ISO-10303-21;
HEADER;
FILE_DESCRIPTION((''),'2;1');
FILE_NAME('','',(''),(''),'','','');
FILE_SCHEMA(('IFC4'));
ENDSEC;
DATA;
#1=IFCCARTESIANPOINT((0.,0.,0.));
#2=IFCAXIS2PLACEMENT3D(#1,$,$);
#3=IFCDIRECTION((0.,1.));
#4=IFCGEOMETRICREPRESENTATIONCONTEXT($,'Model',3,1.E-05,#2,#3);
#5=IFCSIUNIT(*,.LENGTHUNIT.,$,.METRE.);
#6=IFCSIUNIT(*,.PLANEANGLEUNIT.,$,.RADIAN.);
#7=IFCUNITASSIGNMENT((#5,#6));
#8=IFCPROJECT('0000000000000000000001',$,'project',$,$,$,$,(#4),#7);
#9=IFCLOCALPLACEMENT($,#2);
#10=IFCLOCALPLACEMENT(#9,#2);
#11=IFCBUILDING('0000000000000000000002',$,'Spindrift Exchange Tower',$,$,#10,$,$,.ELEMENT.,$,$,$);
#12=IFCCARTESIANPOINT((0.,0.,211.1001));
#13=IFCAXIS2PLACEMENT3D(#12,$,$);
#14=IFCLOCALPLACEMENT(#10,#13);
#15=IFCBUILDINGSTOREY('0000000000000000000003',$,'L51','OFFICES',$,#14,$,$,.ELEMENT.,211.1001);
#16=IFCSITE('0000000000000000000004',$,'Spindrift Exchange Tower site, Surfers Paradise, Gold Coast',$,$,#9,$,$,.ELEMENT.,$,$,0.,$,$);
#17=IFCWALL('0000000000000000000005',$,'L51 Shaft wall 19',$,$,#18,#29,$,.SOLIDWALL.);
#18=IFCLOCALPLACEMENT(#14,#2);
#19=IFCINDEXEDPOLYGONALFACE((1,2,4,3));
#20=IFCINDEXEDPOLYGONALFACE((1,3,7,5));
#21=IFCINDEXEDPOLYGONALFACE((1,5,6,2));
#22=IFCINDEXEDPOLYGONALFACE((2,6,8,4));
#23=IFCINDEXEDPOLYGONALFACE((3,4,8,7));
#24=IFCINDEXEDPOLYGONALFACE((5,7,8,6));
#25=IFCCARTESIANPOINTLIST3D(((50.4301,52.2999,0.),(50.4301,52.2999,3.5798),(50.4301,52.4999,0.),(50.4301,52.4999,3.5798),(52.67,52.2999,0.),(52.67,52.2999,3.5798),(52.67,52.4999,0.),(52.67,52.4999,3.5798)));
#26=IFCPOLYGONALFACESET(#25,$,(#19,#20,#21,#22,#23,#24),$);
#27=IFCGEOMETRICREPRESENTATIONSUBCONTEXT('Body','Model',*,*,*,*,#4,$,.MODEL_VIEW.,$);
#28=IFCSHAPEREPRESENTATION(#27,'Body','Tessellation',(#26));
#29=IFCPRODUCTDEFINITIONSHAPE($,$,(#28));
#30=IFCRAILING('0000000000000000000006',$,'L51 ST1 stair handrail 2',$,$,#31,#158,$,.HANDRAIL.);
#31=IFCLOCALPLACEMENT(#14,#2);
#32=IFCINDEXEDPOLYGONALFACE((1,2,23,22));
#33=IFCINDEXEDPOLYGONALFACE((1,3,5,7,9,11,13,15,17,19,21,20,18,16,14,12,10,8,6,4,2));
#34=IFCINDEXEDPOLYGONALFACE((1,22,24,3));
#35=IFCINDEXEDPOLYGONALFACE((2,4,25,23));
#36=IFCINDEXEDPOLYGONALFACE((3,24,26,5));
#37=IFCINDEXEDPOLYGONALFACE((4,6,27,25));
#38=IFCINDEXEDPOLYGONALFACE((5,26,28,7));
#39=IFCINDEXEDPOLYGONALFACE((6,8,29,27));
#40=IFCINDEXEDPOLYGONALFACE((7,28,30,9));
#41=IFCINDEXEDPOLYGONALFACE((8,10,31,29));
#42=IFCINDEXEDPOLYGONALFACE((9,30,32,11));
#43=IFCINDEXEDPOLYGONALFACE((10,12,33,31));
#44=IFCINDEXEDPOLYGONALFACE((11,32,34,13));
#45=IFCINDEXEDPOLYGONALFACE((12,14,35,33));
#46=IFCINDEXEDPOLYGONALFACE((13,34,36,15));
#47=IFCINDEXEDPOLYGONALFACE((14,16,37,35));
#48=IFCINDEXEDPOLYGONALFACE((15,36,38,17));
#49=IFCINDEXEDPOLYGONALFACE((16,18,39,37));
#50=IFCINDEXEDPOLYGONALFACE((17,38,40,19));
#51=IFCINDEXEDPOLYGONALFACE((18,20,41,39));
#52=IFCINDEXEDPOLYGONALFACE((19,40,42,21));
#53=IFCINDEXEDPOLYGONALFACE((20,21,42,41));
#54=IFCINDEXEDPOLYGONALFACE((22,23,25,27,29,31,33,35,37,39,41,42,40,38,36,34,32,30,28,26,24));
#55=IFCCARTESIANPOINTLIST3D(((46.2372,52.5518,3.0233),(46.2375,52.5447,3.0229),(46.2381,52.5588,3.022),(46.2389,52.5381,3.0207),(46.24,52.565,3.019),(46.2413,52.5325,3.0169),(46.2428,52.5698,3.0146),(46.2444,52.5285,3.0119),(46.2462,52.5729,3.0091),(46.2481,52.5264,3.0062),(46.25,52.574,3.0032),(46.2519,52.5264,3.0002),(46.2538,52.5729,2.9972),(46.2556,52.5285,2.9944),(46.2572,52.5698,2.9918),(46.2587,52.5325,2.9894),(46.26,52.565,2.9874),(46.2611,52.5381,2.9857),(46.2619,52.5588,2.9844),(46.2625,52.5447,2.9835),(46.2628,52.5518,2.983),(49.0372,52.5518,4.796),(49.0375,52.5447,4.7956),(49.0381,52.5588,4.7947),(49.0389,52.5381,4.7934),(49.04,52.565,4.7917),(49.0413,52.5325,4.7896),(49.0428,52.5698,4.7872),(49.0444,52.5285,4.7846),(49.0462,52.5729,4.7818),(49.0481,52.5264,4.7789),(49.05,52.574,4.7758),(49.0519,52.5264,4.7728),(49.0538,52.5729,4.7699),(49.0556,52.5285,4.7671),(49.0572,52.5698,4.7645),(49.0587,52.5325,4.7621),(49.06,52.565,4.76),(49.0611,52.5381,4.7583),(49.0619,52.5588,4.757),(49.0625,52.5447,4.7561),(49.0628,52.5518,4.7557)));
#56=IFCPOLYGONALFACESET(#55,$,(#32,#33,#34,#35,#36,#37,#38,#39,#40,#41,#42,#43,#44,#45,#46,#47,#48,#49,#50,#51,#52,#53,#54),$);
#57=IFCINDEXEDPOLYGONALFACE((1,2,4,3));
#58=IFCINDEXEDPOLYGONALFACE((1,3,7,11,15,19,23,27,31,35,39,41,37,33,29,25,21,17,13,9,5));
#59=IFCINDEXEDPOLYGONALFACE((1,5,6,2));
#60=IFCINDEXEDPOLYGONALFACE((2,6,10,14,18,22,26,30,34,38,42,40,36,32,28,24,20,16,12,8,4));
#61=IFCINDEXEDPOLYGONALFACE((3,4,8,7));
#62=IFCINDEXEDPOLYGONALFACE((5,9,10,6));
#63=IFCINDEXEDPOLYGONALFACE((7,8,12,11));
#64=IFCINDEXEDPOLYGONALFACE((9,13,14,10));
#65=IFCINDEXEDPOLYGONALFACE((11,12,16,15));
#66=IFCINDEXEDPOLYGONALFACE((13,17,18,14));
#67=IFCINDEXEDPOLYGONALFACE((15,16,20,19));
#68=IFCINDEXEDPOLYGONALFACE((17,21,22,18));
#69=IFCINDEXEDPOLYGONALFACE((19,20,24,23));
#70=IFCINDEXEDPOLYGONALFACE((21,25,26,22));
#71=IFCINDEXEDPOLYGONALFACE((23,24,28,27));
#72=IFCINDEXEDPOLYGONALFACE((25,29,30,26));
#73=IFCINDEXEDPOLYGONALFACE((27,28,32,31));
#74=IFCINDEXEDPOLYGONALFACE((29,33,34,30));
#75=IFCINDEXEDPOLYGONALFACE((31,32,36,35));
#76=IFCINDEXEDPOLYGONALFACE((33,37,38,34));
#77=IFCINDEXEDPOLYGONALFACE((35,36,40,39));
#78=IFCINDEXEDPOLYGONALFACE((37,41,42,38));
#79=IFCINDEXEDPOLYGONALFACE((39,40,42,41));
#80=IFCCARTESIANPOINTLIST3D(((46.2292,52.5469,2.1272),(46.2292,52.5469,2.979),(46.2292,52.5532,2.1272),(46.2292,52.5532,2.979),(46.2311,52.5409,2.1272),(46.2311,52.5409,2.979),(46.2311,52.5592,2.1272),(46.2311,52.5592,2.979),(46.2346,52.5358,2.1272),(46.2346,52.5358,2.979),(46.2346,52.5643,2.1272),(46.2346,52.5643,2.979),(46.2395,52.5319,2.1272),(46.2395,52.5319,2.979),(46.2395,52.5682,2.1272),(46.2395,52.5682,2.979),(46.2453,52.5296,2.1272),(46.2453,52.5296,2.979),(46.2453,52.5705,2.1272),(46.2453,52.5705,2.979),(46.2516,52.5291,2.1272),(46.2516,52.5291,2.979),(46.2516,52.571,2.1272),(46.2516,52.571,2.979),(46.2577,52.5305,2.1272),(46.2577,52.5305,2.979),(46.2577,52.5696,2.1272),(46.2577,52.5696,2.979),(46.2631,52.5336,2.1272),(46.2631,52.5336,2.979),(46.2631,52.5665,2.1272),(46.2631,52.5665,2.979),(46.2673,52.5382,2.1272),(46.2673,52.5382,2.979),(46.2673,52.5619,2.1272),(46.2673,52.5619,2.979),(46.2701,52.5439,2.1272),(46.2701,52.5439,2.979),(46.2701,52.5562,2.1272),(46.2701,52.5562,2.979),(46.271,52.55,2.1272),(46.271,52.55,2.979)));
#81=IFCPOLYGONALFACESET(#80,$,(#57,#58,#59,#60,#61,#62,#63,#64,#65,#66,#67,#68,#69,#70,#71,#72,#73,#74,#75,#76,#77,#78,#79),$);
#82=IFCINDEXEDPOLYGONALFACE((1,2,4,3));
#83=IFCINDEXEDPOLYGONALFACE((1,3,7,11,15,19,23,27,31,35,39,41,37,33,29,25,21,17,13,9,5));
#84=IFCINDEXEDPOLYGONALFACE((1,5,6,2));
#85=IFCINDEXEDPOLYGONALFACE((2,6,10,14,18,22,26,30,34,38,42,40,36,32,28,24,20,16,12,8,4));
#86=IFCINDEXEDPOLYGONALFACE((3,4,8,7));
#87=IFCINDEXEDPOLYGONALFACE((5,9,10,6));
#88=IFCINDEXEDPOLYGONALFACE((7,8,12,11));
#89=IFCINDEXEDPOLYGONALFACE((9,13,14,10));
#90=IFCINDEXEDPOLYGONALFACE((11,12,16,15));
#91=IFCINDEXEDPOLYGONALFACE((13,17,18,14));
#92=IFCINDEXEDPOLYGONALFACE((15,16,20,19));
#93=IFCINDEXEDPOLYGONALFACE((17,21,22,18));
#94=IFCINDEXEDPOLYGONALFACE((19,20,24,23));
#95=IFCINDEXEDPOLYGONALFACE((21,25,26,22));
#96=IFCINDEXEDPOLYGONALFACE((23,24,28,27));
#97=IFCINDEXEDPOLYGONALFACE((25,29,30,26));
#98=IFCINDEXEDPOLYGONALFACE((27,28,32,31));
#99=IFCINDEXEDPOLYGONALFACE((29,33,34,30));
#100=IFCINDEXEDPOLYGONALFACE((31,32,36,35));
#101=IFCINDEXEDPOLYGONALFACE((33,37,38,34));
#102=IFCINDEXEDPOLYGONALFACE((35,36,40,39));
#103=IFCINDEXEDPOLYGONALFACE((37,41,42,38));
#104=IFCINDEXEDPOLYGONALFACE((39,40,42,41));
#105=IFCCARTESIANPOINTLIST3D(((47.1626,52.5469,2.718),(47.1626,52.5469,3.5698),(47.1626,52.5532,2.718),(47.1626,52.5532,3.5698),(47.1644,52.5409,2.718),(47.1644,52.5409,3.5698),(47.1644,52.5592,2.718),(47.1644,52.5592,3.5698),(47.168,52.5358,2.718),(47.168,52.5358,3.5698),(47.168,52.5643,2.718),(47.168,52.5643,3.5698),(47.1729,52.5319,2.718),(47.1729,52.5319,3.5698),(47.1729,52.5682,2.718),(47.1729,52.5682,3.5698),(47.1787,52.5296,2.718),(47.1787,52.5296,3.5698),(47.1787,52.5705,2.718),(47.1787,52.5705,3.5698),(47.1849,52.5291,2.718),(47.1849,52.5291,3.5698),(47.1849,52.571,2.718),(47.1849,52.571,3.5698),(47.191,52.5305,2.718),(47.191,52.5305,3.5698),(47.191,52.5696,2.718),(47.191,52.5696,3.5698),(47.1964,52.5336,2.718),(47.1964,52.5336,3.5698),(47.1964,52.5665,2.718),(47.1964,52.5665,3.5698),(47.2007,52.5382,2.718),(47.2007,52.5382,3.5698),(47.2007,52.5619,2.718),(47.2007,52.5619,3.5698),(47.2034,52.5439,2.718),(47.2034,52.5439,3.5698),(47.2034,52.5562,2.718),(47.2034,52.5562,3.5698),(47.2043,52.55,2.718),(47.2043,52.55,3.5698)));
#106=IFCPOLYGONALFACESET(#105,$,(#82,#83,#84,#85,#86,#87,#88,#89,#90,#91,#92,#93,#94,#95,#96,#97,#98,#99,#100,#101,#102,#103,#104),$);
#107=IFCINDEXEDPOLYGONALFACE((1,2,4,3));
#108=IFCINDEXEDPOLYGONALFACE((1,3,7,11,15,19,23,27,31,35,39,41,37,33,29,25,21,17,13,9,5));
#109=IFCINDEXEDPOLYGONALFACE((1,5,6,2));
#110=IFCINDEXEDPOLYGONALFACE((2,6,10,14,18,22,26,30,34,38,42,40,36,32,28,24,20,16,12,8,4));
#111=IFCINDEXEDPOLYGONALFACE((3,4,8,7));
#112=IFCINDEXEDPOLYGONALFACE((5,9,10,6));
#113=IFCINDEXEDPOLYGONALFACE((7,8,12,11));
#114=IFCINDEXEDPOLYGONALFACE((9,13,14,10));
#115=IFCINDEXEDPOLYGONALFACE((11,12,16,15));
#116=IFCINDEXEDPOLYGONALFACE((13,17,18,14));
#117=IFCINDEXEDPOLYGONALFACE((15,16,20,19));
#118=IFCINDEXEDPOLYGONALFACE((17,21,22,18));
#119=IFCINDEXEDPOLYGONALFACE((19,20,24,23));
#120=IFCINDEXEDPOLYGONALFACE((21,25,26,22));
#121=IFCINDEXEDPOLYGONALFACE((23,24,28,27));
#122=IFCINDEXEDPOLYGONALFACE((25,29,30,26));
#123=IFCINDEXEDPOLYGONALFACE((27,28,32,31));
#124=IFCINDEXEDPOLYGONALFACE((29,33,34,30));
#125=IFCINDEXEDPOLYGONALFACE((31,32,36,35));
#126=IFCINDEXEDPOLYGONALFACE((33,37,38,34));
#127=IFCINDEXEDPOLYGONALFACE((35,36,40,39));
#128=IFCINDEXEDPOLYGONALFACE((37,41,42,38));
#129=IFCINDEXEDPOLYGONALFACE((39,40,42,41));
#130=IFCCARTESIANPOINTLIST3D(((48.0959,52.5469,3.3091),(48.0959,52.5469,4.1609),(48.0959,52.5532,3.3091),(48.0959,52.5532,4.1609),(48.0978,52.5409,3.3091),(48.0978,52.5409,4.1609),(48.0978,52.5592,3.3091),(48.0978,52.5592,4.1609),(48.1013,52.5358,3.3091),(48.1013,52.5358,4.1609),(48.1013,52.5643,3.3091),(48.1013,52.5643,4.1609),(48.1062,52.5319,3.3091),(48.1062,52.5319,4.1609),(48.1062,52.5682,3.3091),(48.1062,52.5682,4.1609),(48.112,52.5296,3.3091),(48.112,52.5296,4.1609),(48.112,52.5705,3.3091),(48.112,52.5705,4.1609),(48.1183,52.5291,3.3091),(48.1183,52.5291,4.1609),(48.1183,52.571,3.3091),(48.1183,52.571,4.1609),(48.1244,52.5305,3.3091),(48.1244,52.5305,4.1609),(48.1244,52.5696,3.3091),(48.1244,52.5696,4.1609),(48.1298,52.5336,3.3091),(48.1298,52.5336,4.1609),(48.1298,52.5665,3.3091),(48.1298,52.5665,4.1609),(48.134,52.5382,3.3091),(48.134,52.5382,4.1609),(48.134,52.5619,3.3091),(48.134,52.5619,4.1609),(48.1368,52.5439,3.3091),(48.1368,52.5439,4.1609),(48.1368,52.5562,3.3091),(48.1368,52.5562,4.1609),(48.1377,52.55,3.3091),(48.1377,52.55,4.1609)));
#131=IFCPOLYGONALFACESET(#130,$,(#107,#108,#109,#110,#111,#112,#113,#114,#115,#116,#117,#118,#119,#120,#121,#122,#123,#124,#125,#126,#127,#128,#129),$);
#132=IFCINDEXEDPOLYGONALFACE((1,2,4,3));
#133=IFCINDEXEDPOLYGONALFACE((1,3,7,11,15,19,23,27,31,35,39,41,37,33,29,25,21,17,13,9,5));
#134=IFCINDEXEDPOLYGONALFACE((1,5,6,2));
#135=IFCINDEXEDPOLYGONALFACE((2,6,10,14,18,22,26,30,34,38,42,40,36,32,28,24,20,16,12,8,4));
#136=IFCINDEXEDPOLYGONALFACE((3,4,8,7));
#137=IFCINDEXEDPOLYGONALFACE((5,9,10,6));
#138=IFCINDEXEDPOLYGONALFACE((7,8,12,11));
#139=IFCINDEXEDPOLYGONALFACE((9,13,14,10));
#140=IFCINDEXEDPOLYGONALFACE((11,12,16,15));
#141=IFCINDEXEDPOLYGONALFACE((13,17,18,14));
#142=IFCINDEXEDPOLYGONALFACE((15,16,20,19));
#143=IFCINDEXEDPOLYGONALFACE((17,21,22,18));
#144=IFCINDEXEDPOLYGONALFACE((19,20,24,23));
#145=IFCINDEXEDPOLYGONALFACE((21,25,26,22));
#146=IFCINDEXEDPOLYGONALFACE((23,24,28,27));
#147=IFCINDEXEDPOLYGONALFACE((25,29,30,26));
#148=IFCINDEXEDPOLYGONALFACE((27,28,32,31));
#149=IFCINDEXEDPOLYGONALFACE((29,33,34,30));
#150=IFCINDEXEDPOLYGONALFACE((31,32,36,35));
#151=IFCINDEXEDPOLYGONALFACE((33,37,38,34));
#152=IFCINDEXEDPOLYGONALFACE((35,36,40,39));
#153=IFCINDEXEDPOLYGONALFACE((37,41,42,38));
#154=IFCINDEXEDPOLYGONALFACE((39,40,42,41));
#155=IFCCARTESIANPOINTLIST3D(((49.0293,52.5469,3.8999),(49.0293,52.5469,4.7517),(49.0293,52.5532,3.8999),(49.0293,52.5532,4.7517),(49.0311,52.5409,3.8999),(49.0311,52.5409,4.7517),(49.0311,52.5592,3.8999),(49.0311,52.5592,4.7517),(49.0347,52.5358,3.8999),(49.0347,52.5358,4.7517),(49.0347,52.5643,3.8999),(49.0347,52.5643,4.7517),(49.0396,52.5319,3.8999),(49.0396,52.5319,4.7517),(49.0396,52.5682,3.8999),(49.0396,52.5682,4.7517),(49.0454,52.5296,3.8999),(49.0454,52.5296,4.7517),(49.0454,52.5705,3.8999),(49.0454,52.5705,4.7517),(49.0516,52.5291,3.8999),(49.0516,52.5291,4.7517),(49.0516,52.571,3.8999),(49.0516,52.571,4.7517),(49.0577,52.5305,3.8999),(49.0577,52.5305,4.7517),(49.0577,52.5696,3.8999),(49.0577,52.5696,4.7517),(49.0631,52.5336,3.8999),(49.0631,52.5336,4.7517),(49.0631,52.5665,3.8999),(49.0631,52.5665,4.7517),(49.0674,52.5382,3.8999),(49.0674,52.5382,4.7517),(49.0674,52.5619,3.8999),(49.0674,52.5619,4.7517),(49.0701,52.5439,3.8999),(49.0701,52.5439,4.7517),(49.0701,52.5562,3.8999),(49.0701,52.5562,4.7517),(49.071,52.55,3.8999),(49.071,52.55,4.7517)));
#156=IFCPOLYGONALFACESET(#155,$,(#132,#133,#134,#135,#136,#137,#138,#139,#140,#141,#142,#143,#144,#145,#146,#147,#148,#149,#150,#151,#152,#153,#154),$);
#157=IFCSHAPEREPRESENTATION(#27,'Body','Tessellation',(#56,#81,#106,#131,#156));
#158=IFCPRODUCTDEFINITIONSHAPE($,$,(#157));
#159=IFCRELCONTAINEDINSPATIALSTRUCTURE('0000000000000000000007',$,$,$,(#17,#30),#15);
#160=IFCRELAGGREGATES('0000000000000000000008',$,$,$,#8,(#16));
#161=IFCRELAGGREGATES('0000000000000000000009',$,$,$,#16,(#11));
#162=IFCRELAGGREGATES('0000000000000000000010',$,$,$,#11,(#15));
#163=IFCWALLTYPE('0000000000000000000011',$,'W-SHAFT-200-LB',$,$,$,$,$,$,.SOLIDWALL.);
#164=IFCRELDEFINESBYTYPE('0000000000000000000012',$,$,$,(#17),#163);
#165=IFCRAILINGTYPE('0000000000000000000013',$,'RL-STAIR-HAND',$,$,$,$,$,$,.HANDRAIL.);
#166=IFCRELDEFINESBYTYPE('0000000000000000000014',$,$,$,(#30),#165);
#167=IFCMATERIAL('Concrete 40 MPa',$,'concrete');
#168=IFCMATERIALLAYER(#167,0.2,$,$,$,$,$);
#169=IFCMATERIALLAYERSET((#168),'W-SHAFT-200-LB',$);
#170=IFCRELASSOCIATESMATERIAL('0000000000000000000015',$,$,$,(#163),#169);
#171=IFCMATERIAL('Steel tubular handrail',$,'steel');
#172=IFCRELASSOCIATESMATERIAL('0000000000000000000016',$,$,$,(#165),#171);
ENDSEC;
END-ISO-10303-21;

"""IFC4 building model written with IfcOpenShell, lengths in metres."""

from ifc_helpers import new_model, si_unit, direction, frame, frame_2d, origin, origin_2d, place, context, subcontext, project, spatial, rectangle, circle, extrude, material, layer, layer_set, type_object, element, save


model = new_model("IFC4")

# Units and contexts
model_context = context("Model", 3, precision=1e-05, world=origin(), true_north=direction((0.0, 1.0)))
body_context = subcontext(model_context, "Body", "Model", "MODEL_VIEW")
ifc_project = project(units=[si_unit("LENGTHUNIT", "METRE"), si_unit("PLANEANGLEUNIT", "RADIAN")], contexts=[model_context])

# Site, building, storey
site_placement = place(None, origin())
site = spatial("IfcSite", under=ifc_project, at=site_placement, Name="Spindrift Exchange Tower site, Surfers Paradise, Gold Coast", CompositionType="ELEMENT", RefElevation=0.0)
building_placement = place(site_placement, origin())
building = spatial("IfcBuilding", under=site, at=building_placement, Name="Spindrift Exchange Tower", CompositionType="ELEMENT")
storey_placement = place(building_placement, frame((0.0, 0.0, 211.1001)))
storey = spatial("IfcBuildingStorey", under=building, at=storey_placement, Name="L51", Description="OFFICES", CompositionType="ELEMENT", Elevation=211.1001)

# Shared definitions
ifc_material_1 = material(Name="Concrete 40 MPa", Category="concrete")
ifc_layer_1 = layer(ifc_material_1, 0.2)
ifc_layer_set_1 = layer_set([ifc_layer_1], Name="W-SHAFT-200-LB")
wall_type_1 = type_object("IfcWallType", Name="W-SHAFT-200-LB", PredefinedType="SOLIDWALL", material=ifc_layer_set_1)

# Wall
wall_1_placement = place(storey_placement, frame((50.4299, 52.3999, 0.0), z_axis=(0.0, 0.0, 1.0), x_axis=(1.0, 0.0, 0.0)))
element("IfcWall", 1, at=wall_1_placement, inside=storey, type_object=wall_type_1, Name="L51 Shaft wall 19", PredefinedType="SOLIDWALL", context=body_context, shape_type="SweptSolid", body=[
    extrude(rectangle(XDim=2.24, YDim=0.2, at=frame_2d((1.1201, 0.0))), origin(), (0.0, 0.0, 1.0), 3.5798),
])

# Railing
ifc_material_2 = material(Name="Steel tubular handrail", Category="steel")
railing_type = type_object("IfcRailingType", Name="RL-STAIR-HAND", PredefinedType="HANDRAIL", material=ifc_material_2)
railing_placement = place(storey_placement, frame((46.25, 52.55, 2.1272)))
element("IfcRailing", 2, at=railing_placement, inside=storey, type_object=railing_type, Name="L51 ST1 stair handrail 2", PredefinedType="HANDRAIL", context=body_context, shape_type="SweptSolid", body=[
    extrude(circle(Radius=0.0239, at=origin_2d()), frame((0.0, 0.0, 0.876), z_axis=(0.844909, 0.0, 0.53491), x_axis=(0.0, 1.0, 0.0)), (0.0, 0.0, 1.0), 3.314),
    extrude(circle(Radius=0.021, at=origin_2d()), origin(), (0.0, 0.0, 1.0), 0.8518),
    extrude(circle(Radius=0.021, at=origin_2d()), frame((0.9333, 0.0, 0.5908)), (0.0, 0.0, 1.0), 0.8518),
    extrude(circle(Radius=0.021, at=origin_2d()), frame((1.8667, 0.0, 1.1819)), (0.0, 0.0, 1.0), 0.8518),
    extrude(circle(Radius=0.021, at=origin_2d()), frame((2.8, 0.0, 1.7727)), (0.0, 0.0, 1.0), 0.8518),
])

save(model, "model.ifc")
